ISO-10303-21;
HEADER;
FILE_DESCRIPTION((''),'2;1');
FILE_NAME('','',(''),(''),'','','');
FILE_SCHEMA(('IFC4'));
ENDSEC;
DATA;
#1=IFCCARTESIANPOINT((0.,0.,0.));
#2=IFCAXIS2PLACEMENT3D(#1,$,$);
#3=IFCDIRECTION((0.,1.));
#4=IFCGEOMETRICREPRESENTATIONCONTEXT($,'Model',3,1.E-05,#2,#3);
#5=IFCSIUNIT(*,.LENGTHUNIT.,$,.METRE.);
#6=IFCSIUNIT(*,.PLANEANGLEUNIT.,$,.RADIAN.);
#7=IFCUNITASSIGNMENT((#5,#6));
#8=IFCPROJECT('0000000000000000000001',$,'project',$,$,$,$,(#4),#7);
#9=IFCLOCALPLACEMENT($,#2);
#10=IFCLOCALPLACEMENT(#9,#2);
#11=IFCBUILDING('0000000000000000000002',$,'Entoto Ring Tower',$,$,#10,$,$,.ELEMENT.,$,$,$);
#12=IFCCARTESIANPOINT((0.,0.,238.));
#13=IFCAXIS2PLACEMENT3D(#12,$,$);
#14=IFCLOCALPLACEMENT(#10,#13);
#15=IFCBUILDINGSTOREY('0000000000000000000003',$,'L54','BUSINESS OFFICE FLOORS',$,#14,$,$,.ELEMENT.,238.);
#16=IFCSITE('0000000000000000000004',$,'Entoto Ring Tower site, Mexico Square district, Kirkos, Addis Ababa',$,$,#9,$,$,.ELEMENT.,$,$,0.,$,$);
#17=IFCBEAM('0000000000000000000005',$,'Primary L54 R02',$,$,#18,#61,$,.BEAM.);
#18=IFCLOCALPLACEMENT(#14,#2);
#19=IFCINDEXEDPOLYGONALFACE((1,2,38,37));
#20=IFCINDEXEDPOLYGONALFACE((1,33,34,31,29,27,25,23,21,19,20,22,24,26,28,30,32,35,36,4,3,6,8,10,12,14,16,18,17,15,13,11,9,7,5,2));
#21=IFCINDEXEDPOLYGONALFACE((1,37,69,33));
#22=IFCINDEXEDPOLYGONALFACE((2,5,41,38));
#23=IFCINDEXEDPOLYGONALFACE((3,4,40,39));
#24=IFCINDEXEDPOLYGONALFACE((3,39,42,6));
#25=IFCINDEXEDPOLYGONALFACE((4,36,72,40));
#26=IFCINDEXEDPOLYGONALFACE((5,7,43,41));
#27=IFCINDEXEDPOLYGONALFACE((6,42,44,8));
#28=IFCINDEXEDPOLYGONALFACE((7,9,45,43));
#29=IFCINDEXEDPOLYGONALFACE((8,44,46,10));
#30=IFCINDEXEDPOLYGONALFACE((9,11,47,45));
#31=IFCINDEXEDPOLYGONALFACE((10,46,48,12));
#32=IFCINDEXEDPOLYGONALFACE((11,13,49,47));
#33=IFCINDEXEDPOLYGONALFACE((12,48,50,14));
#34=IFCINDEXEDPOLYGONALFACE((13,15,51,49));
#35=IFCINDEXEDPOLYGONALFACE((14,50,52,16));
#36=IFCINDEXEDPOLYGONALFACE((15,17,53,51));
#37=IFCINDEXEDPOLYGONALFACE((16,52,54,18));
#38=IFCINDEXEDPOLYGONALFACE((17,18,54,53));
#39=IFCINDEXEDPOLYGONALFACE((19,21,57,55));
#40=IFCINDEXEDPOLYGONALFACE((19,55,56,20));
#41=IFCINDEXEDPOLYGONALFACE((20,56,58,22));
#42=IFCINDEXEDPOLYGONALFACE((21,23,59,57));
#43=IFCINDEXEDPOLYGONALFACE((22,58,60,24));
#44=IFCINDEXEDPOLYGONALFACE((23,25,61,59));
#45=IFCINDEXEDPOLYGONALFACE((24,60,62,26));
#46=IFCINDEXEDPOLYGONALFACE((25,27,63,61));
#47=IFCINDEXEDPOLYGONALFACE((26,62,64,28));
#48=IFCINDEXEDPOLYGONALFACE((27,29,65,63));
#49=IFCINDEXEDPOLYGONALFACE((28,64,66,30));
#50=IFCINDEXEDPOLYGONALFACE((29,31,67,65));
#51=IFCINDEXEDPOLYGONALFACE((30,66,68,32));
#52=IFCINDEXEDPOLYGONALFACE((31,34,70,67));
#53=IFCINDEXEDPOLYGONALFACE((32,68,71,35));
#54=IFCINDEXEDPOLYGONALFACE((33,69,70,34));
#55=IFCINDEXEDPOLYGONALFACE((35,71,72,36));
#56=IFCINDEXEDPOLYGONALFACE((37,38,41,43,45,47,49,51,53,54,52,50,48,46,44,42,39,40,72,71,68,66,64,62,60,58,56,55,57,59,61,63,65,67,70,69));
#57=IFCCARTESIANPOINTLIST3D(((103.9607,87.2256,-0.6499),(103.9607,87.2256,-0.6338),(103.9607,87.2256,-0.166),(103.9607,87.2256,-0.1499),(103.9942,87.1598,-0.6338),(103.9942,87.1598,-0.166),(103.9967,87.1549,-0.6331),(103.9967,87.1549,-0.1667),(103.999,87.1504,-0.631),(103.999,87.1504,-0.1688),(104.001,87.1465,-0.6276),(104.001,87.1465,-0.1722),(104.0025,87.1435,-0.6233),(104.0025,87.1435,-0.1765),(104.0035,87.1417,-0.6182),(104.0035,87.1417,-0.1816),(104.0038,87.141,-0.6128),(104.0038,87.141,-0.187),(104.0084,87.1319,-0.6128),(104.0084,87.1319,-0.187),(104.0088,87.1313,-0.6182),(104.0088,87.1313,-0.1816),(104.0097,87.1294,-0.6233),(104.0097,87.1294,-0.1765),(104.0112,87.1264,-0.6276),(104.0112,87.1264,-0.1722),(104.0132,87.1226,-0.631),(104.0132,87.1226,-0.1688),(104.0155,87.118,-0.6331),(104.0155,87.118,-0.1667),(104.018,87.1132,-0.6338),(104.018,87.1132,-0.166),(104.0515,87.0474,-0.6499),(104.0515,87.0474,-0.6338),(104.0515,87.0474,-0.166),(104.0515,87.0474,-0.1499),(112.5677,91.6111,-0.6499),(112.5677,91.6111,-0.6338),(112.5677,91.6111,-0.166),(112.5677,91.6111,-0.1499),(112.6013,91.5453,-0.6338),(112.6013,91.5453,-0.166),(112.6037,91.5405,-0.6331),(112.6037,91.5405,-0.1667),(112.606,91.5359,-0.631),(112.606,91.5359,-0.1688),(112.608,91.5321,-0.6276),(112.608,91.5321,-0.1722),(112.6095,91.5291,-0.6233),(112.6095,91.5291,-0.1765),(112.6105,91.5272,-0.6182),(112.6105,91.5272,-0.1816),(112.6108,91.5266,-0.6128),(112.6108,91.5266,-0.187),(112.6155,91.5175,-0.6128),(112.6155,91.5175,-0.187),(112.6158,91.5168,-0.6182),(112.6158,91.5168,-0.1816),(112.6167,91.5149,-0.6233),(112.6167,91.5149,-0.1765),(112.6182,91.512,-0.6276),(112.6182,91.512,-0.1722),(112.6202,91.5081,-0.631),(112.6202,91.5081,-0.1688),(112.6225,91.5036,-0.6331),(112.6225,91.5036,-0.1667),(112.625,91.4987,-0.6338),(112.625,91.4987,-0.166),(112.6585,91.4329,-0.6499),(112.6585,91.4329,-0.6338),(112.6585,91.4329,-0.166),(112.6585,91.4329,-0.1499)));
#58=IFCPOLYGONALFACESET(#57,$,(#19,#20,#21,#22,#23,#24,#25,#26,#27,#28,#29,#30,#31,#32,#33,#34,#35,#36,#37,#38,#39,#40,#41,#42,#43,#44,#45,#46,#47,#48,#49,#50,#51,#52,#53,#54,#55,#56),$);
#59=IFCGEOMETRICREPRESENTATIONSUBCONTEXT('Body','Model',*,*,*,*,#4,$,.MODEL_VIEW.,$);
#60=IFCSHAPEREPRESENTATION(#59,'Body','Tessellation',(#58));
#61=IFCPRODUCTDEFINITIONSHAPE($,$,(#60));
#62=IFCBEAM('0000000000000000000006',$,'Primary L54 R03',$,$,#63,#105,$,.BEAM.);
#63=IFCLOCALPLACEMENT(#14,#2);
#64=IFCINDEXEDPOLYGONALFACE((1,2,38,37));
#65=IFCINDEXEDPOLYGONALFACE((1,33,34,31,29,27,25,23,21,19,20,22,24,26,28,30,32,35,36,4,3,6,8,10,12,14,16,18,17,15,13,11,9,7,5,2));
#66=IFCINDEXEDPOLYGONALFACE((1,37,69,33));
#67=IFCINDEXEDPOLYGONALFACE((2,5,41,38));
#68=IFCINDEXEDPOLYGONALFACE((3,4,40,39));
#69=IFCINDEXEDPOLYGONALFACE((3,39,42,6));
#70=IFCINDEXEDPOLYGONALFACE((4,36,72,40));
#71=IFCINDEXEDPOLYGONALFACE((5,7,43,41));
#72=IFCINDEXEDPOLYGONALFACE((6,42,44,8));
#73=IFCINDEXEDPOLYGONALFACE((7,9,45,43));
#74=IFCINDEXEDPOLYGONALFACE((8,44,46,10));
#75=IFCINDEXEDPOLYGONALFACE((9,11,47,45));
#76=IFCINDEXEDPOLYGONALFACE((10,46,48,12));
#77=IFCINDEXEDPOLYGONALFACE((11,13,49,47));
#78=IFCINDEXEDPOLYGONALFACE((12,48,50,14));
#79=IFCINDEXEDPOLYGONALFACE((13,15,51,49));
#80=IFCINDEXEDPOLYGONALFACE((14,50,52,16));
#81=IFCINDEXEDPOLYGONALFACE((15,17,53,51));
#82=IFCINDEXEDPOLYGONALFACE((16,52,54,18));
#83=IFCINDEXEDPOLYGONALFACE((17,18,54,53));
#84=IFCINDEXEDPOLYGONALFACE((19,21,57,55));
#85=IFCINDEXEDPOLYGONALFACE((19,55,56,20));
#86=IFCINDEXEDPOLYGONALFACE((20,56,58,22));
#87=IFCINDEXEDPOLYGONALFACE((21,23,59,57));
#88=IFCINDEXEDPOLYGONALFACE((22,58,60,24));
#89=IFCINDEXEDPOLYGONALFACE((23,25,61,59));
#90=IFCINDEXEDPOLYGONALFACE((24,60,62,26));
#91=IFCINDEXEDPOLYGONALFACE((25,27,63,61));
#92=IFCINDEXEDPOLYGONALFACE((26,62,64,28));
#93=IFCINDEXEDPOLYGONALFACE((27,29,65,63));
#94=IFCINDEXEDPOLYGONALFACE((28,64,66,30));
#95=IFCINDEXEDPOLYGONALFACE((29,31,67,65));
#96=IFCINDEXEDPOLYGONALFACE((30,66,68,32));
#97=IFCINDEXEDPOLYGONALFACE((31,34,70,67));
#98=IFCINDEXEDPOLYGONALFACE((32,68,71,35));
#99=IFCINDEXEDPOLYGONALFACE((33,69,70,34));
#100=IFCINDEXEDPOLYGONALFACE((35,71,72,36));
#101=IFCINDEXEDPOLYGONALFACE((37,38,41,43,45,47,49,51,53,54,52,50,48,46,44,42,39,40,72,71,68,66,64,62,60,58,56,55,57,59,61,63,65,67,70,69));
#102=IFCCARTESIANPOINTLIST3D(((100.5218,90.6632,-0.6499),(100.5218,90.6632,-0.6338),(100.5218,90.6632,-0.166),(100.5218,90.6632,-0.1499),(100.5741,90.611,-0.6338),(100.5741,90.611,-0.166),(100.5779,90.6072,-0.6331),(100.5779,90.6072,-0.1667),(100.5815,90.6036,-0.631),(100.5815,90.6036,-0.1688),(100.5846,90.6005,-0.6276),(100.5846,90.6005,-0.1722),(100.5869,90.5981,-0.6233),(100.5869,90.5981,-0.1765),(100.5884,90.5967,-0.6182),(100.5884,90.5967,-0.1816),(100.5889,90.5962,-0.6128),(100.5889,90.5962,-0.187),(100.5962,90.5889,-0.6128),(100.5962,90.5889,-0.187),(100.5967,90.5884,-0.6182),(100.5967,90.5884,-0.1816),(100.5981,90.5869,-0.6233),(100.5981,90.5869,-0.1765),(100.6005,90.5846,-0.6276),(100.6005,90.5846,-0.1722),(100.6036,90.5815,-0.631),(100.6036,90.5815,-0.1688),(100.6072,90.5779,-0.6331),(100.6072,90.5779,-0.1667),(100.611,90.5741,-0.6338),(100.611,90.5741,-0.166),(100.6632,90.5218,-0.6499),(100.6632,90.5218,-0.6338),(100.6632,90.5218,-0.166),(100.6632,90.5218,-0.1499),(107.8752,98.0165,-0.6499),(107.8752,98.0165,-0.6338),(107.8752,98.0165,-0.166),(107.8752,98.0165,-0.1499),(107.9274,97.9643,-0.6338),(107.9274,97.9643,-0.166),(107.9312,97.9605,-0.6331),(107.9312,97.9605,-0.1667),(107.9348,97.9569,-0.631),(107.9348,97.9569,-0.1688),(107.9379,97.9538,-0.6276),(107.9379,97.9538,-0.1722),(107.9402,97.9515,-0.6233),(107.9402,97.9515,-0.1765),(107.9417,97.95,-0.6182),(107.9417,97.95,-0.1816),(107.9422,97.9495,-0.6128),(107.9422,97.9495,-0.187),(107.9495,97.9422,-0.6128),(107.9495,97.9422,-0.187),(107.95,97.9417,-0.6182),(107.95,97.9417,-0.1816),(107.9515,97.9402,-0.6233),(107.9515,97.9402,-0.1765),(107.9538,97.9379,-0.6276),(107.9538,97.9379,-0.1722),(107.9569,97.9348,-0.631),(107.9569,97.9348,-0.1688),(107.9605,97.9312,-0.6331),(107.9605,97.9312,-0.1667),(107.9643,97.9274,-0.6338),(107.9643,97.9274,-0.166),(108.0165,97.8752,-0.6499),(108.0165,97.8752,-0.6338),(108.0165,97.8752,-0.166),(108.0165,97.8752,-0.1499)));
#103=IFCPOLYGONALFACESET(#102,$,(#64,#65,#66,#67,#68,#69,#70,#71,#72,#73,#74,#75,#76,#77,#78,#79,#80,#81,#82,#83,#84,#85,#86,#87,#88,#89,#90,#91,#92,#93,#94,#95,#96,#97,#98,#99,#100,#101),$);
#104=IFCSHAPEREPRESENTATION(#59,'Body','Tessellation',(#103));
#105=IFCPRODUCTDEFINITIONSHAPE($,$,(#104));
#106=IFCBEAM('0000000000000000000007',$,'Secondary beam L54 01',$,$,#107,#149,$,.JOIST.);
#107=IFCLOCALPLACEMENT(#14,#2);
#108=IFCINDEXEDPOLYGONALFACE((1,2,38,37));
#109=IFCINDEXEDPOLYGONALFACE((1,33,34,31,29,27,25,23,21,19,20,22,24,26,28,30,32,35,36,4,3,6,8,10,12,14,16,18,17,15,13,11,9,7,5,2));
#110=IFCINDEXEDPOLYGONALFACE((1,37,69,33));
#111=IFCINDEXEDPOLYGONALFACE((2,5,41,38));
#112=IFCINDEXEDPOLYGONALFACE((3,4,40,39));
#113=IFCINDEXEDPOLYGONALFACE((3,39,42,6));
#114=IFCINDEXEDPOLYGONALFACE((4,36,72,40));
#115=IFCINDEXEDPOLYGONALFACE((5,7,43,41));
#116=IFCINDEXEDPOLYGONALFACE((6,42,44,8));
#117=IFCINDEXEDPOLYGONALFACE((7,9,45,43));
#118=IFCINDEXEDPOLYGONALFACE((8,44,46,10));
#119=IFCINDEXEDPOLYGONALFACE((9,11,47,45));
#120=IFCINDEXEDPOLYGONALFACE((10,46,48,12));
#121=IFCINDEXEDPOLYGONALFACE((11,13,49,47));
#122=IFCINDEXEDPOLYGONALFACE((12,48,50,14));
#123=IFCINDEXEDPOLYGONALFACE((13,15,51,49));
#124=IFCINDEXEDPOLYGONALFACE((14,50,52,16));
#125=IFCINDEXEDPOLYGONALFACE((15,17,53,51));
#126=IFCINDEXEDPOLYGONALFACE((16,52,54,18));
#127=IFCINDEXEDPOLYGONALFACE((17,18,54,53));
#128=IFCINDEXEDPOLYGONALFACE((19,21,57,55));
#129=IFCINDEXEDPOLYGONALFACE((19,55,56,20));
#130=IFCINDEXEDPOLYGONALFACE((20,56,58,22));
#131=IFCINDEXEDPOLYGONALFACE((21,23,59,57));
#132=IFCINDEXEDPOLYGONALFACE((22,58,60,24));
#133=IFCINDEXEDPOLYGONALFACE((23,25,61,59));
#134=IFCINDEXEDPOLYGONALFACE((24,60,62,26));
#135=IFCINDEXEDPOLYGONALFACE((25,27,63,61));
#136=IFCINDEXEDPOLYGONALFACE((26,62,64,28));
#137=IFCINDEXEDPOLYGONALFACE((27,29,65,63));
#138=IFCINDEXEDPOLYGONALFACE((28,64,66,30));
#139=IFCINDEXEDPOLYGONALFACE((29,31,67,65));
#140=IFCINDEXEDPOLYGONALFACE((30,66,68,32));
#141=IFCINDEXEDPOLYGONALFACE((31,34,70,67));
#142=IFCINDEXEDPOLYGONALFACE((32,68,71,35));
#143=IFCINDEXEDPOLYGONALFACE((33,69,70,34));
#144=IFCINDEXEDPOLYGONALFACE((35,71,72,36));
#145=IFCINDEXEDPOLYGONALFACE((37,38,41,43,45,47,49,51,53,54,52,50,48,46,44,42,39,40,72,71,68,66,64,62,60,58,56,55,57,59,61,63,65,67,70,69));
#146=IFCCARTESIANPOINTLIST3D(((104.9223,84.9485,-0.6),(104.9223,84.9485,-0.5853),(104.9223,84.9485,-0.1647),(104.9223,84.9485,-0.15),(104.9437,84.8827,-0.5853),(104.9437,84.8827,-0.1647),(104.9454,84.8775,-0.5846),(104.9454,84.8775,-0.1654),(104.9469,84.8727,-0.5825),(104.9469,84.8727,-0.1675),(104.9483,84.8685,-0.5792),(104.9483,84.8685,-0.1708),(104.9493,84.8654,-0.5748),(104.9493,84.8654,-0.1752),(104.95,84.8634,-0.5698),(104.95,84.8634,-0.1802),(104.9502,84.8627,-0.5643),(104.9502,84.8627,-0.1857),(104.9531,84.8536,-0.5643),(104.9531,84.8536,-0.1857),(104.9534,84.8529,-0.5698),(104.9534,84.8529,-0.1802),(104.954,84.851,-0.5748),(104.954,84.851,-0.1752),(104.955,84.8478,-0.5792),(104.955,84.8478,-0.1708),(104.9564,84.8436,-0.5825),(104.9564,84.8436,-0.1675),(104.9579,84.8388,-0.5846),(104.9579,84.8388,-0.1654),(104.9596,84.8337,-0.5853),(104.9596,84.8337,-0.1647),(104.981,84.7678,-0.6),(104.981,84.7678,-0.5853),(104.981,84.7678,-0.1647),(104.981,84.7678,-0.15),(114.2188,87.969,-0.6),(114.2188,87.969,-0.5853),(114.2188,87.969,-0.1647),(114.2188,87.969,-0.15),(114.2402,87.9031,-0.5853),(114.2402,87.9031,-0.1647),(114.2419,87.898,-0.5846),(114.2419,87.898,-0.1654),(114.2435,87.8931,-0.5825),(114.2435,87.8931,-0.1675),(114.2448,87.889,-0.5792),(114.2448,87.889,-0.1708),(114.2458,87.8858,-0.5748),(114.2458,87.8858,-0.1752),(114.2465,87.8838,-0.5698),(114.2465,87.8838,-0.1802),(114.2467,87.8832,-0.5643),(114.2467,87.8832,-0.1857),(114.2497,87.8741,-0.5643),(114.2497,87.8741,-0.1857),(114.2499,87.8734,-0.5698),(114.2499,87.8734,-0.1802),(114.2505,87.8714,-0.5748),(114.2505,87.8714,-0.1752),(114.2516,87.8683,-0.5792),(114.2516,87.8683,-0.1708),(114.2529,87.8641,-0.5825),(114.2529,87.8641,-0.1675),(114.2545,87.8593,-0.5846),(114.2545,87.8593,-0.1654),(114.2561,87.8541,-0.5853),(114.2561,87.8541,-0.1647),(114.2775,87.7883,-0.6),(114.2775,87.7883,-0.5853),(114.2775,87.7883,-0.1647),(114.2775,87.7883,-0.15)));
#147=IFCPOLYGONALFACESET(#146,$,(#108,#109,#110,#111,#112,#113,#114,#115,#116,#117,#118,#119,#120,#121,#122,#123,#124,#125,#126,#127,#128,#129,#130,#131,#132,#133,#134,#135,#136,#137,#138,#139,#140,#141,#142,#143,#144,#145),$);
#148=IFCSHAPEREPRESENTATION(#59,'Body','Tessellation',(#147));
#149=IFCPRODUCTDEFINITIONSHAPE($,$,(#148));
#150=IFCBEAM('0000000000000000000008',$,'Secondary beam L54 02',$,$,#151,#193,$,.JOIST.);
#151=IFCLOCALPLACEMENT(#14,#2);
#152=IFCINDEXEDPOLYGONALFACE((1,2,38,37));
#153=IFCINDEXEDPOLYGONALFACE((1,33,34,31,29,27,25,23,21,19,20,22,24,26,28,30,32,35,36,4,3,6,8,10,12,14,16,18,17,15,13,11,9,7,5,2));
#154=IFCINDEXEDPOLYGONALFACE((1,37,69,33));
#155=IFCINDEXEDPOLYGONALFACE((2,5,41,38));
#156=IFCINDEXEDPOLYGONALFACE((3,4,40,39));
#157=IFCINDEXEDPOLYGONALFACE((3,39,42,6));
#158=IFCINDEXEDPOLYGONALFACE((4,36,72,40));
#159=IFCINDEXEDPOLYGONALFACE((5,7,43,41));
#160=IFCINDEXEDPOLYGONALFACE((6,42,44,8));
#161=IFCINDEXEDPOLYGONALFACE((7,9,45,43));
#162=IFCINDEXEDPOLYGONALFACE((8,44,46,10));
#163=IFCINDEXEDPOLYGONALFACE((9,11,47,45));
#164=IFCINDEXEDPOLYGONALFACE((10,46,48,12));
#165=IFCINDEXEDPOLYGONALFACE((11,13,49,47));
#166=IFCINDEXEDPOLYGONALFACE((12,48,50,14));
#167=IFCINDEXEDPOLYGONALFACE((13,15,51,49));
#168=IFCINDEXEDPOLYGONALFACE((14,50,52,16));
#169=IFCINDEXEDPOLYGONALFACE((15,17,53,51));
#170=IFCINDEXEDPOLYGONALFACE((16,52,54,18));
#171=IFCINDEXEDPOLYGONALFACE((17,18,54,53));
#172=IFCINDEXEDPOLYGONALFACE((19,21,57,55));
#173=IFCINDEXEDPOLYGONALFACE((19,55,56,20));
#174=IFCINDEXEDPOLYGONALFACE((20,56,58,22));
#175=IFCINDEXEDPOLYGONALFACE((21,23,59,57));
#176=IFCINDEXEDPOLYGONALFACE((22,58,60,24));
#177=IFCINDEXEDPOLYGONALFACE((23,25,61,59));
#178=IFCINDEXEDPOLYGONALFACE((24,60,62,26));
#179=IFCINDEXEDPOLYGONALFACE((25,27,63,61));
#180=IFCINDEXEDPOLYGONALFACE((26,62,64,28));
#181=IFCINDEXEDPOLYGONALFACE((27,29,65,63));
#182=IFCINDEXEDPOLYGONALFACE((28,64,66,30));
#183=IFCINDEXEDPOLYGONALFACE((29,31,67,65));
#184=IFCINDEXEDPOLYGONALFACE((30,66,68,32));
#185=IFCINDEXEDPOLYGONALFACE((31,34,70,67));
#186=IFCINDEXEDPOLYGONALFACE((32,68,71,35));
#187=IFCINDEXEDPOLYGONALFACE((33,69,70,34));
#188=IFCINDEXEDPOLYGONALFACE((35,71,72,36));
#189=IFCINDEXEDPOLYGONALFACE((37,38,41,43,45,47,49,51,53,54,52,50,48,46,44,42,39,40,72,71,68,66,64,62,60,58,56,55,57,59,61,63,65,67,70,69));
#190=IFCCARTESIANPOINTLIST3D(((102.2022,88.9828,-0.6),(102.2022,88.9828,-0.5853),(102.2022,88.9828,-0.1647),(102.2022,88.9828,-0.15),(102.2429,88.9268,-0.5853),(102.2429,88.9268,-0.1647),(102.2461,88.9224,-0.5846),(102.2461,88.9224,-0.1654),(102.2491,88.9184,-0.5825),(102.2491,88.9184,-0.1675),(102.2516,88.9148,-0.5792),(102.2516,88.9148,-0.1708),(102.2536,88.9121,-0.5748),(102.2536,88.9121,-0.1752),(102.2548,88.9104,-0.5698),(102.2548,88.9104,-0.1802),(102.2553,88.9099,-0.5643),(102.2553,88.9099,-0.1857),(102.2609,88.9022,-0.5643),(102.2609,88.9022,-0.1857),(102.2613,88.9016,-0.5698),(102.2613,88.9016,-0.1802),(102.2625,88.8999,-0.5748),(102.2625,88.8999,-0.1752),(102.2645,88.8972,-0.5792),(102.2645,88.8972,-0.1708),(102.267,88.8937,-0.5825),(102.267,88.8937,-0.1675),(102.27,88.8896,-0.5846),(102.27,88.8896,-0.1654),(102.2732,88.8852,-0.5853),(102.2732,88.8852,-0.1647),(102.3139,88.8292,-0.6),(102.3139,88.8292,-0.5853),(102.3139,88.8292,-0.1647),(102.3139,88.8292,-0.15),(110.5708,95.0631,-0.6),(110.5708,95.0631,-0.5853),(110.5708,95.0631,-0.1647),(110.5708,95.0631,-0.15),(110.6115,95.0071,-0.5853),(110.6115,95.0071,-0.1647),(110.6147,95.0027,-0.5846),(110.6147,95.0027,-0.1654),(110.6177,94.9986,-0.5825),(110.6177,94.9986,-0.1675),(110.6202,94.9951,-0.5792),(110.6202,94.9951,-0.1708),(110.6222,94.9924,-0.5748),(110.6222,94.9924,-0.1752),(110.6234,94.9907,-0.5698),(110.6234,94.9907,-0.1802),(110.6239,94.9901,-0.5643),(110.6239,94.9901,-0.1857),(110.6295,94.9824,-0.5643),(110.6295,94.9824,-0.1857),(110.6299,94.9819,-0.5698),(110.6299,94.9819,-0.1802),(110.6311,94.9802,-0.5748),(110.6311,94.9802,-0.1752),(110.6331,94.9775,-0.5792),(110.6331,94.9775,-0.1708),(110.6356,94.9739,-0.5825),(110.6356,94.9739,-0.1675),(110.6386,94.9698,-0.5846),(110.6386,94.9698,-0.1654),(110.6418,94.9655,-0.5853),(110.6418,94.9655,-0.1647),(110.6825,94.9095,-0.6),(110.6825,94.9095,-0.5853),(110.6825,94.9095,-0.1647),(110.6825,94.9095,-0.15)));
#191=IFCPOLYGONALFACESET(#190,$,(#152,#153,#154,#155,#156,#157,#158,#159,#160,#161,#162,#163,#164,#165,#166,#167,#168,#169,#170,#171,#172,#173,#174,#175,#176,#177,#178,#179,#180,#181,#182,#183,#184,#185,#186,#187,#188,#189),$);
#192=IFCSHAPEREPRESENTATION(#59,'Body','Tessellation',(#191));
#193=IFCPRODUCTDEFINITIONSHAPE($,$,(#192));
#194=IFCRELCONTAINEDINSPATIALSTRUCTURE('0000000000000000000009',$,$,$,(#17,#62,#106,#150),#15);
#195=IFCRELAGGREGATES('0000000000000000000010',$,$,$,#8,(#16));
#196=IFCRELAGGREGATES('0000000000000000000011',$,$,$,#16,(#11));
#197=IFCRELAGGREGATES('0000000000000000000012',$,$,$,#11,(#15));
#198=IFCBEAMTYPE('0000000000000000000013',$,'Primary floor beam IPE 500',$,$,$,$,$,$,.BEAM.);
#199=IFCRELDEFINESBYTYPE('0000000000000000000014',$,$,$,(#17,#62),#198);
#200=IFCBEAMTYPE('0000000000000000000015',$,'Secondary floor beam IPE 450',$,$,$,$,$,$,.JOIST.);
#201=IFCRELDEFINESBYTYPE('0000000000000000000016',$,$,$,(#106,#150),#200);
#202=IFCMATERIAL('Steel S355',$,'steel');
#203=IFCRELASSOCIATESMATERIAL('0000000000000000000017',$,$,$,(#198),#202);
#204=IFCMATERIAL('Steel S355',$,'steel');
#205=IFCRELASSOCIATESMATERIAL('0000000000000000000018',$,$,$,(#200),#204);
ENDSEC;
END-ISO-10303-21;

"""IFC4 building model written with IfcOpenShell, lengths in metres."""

from ifc_helpers import new_model, si_unit, direction, frame, origin, origin_2d, place, context, subcontext, project, spatial, i_section, extrude, material, material_profile, profile_set, type_object, element, save


model = new_model("IFC4")

# Units and contexts
model_context = context("Model", 3, precision=1e-05, world=origin(), true_north=direction((0.0, 1.0)))
body_context = subcontext(model_context, "Body", "Model", "MODEL_VIEW")
ifc_project = project(units=[si_unit("LENGTHUNIT", "METRE"), si_unit("PLANEANGLEUNIT", "RADIAN")], contexts=[model_context])

# Site, building, storey
site_placement = place(None, origin())
site = spatial("IfcSite", under=ifc_project, at=site_placement, Name="Entoto Ring Tower site, Mexico Square district, Kirkos, Addis Ababa", CompositionType="ELEMENT", RefElevation=0.0)
building_placement = place(site_placement, origin())
building = spatial("IfcBuilding", under=site, at=building_placement, Name="Entoto Ring Tower", CompositionType="ELEMENT")
storey_placement = place(building_placement, frame((0.0, 0.0, 238.0)))
storey = spatial("IfcBuildingStorey", under=building, at=storey_placement, Name="L54", Description="BUSINESS OFFICE FLOORS", CompositionType="ELEMENT", Elevation=238.0)

# Beams
ifc_material_1 = material(Name="Steel S355", Category="steel")
ifc_material_profile_1 = material_profile(ifc_material_1, i_section(OverallWidth=0.2, OverallDepth=0.5, WebThickness=0.0103, FlangeThickness=0.0161, FilletRadius=0.021, at=origin_2d()), Name="IPE 500")
ifc_profile_set_1 = profile_set([ifc_material_profile_1], Name="Steel S355")
beam_type_1 = type_object("IfcBeamType", Name="Primary floor beam IPE 500", PredefinedType="BEAM", material=ifc_profile_set_1)
beam_1_placement = place(storey_placement, frame((104.0061, 87.1365, -0.3999), z_axis=(0.891005, 0.453994, 0.0), x_axis=(-0.453994, 0.891005, 0.0)))
element("IfcBeam", 1, at=beam_1_placement, inside=storey, type_object=beam_type_1, Name="Primary L54 R02", PredefinedType="BEAM", context=body_context, shape_type="SweptSolid", body=[
    extrude(i_section(OverallWidth=0.2, OverallDepth=0.5, WebThickness=0.0103, FlangeThickness=0.0161, FilletRadius=0.021, at=origin_2d()), origin(), (0.0, 0.0, 1.0), 9.6599),
])
beam_2_placement = place(storey_placement, frame((100.5925, 90.5925, -0.3999), z_axis=(0.707107, 0.707107, 0.0), x_axis=(-0.707107, 0.707107, 0.0)))
element("IfcBeam", 2, at=beam_2_placement, inside=storey, type_object=beam_type_1, Name="Primary L54 R03", PredefinedType="BEAM", context=body_context, shape_type="SweptSolid", body=[
    extrude(i_section(OverallWidth=0.2, OverallDepth=0.5, WebThickness=0.0103, FlangeThickness=0.0161, FilletRadius=0.021, at=origin_2d()), origin(), (0.0, 0.0, 1.0), 10.3992),
])
ifc_material_2 = material(Name="Steel S355", Category="steel")
ifc_material_profile_2 = material_profile(ifc_material_2, i_section(OverallWidth=0.1899, OverallDepth=0.45, WebThickness=0.0095, FlangeThickness=0.0146, FilletRadius=0.021, at=origin_2d()), Name="IPE 450")
ifc_profile_set_2 = profile_set([ifc_material_profile_2], Name="Steel S355")
beam_type_2 = type_object("IfcBeamType", Name="Secondary floor beam IPE 450", PredefinedType="JOIST", material=ifc_profile_set_2)
beam_3_placement = place(storey_placement, frame((104.9517, 84.8582, -0.375), z_axis=(0.951061, 0.309003, 0.0), x_axis=(-0.309003, 0.951061, 0.0)))
element("IfcBeam", 3, at=beam_3_placement, inside=storey, type_object=beam_type_2, Name="Secondary beam L54 01", PredefinedType="JOIST", context=body_context, shape_type="SweptSolid", body=[
    extrude(i_section(OverallWidth=0.1899, OverallDepth=0.45, WebThickness=0.0095, FlangeThickness=0.0146, FilletRadius=0.021, at=origin_2d()), origin(), (0.0, 0.0, 1.0), 9.7749),
])
beam_4_placement = place(storey_placement, frame((102.2581, 88.906, -0.375), z_axis=(0.809011, 0.587794, 0.0), x_axis=(-0.587794, 0.809011, 0.0)))
element("IfcBeam", 4, at=beam_4_placement, inside=storey, type_object=beam_type_2, Name="Secondary beam L54 02", PredefinedType="JOIST", context=body_context, shape_type="SweptSolid", body=[
    extrude(i_section(OverallWidth=0.1899, OverallDepth=0.45, WebThickness=0.0095, FlangeThickness=0.0146, FilletRadius=0.021, at=origin_2d()), origin(), (0.0, 0.0, 1.0), 10.3442),
])

save(model, "model.ifc")
